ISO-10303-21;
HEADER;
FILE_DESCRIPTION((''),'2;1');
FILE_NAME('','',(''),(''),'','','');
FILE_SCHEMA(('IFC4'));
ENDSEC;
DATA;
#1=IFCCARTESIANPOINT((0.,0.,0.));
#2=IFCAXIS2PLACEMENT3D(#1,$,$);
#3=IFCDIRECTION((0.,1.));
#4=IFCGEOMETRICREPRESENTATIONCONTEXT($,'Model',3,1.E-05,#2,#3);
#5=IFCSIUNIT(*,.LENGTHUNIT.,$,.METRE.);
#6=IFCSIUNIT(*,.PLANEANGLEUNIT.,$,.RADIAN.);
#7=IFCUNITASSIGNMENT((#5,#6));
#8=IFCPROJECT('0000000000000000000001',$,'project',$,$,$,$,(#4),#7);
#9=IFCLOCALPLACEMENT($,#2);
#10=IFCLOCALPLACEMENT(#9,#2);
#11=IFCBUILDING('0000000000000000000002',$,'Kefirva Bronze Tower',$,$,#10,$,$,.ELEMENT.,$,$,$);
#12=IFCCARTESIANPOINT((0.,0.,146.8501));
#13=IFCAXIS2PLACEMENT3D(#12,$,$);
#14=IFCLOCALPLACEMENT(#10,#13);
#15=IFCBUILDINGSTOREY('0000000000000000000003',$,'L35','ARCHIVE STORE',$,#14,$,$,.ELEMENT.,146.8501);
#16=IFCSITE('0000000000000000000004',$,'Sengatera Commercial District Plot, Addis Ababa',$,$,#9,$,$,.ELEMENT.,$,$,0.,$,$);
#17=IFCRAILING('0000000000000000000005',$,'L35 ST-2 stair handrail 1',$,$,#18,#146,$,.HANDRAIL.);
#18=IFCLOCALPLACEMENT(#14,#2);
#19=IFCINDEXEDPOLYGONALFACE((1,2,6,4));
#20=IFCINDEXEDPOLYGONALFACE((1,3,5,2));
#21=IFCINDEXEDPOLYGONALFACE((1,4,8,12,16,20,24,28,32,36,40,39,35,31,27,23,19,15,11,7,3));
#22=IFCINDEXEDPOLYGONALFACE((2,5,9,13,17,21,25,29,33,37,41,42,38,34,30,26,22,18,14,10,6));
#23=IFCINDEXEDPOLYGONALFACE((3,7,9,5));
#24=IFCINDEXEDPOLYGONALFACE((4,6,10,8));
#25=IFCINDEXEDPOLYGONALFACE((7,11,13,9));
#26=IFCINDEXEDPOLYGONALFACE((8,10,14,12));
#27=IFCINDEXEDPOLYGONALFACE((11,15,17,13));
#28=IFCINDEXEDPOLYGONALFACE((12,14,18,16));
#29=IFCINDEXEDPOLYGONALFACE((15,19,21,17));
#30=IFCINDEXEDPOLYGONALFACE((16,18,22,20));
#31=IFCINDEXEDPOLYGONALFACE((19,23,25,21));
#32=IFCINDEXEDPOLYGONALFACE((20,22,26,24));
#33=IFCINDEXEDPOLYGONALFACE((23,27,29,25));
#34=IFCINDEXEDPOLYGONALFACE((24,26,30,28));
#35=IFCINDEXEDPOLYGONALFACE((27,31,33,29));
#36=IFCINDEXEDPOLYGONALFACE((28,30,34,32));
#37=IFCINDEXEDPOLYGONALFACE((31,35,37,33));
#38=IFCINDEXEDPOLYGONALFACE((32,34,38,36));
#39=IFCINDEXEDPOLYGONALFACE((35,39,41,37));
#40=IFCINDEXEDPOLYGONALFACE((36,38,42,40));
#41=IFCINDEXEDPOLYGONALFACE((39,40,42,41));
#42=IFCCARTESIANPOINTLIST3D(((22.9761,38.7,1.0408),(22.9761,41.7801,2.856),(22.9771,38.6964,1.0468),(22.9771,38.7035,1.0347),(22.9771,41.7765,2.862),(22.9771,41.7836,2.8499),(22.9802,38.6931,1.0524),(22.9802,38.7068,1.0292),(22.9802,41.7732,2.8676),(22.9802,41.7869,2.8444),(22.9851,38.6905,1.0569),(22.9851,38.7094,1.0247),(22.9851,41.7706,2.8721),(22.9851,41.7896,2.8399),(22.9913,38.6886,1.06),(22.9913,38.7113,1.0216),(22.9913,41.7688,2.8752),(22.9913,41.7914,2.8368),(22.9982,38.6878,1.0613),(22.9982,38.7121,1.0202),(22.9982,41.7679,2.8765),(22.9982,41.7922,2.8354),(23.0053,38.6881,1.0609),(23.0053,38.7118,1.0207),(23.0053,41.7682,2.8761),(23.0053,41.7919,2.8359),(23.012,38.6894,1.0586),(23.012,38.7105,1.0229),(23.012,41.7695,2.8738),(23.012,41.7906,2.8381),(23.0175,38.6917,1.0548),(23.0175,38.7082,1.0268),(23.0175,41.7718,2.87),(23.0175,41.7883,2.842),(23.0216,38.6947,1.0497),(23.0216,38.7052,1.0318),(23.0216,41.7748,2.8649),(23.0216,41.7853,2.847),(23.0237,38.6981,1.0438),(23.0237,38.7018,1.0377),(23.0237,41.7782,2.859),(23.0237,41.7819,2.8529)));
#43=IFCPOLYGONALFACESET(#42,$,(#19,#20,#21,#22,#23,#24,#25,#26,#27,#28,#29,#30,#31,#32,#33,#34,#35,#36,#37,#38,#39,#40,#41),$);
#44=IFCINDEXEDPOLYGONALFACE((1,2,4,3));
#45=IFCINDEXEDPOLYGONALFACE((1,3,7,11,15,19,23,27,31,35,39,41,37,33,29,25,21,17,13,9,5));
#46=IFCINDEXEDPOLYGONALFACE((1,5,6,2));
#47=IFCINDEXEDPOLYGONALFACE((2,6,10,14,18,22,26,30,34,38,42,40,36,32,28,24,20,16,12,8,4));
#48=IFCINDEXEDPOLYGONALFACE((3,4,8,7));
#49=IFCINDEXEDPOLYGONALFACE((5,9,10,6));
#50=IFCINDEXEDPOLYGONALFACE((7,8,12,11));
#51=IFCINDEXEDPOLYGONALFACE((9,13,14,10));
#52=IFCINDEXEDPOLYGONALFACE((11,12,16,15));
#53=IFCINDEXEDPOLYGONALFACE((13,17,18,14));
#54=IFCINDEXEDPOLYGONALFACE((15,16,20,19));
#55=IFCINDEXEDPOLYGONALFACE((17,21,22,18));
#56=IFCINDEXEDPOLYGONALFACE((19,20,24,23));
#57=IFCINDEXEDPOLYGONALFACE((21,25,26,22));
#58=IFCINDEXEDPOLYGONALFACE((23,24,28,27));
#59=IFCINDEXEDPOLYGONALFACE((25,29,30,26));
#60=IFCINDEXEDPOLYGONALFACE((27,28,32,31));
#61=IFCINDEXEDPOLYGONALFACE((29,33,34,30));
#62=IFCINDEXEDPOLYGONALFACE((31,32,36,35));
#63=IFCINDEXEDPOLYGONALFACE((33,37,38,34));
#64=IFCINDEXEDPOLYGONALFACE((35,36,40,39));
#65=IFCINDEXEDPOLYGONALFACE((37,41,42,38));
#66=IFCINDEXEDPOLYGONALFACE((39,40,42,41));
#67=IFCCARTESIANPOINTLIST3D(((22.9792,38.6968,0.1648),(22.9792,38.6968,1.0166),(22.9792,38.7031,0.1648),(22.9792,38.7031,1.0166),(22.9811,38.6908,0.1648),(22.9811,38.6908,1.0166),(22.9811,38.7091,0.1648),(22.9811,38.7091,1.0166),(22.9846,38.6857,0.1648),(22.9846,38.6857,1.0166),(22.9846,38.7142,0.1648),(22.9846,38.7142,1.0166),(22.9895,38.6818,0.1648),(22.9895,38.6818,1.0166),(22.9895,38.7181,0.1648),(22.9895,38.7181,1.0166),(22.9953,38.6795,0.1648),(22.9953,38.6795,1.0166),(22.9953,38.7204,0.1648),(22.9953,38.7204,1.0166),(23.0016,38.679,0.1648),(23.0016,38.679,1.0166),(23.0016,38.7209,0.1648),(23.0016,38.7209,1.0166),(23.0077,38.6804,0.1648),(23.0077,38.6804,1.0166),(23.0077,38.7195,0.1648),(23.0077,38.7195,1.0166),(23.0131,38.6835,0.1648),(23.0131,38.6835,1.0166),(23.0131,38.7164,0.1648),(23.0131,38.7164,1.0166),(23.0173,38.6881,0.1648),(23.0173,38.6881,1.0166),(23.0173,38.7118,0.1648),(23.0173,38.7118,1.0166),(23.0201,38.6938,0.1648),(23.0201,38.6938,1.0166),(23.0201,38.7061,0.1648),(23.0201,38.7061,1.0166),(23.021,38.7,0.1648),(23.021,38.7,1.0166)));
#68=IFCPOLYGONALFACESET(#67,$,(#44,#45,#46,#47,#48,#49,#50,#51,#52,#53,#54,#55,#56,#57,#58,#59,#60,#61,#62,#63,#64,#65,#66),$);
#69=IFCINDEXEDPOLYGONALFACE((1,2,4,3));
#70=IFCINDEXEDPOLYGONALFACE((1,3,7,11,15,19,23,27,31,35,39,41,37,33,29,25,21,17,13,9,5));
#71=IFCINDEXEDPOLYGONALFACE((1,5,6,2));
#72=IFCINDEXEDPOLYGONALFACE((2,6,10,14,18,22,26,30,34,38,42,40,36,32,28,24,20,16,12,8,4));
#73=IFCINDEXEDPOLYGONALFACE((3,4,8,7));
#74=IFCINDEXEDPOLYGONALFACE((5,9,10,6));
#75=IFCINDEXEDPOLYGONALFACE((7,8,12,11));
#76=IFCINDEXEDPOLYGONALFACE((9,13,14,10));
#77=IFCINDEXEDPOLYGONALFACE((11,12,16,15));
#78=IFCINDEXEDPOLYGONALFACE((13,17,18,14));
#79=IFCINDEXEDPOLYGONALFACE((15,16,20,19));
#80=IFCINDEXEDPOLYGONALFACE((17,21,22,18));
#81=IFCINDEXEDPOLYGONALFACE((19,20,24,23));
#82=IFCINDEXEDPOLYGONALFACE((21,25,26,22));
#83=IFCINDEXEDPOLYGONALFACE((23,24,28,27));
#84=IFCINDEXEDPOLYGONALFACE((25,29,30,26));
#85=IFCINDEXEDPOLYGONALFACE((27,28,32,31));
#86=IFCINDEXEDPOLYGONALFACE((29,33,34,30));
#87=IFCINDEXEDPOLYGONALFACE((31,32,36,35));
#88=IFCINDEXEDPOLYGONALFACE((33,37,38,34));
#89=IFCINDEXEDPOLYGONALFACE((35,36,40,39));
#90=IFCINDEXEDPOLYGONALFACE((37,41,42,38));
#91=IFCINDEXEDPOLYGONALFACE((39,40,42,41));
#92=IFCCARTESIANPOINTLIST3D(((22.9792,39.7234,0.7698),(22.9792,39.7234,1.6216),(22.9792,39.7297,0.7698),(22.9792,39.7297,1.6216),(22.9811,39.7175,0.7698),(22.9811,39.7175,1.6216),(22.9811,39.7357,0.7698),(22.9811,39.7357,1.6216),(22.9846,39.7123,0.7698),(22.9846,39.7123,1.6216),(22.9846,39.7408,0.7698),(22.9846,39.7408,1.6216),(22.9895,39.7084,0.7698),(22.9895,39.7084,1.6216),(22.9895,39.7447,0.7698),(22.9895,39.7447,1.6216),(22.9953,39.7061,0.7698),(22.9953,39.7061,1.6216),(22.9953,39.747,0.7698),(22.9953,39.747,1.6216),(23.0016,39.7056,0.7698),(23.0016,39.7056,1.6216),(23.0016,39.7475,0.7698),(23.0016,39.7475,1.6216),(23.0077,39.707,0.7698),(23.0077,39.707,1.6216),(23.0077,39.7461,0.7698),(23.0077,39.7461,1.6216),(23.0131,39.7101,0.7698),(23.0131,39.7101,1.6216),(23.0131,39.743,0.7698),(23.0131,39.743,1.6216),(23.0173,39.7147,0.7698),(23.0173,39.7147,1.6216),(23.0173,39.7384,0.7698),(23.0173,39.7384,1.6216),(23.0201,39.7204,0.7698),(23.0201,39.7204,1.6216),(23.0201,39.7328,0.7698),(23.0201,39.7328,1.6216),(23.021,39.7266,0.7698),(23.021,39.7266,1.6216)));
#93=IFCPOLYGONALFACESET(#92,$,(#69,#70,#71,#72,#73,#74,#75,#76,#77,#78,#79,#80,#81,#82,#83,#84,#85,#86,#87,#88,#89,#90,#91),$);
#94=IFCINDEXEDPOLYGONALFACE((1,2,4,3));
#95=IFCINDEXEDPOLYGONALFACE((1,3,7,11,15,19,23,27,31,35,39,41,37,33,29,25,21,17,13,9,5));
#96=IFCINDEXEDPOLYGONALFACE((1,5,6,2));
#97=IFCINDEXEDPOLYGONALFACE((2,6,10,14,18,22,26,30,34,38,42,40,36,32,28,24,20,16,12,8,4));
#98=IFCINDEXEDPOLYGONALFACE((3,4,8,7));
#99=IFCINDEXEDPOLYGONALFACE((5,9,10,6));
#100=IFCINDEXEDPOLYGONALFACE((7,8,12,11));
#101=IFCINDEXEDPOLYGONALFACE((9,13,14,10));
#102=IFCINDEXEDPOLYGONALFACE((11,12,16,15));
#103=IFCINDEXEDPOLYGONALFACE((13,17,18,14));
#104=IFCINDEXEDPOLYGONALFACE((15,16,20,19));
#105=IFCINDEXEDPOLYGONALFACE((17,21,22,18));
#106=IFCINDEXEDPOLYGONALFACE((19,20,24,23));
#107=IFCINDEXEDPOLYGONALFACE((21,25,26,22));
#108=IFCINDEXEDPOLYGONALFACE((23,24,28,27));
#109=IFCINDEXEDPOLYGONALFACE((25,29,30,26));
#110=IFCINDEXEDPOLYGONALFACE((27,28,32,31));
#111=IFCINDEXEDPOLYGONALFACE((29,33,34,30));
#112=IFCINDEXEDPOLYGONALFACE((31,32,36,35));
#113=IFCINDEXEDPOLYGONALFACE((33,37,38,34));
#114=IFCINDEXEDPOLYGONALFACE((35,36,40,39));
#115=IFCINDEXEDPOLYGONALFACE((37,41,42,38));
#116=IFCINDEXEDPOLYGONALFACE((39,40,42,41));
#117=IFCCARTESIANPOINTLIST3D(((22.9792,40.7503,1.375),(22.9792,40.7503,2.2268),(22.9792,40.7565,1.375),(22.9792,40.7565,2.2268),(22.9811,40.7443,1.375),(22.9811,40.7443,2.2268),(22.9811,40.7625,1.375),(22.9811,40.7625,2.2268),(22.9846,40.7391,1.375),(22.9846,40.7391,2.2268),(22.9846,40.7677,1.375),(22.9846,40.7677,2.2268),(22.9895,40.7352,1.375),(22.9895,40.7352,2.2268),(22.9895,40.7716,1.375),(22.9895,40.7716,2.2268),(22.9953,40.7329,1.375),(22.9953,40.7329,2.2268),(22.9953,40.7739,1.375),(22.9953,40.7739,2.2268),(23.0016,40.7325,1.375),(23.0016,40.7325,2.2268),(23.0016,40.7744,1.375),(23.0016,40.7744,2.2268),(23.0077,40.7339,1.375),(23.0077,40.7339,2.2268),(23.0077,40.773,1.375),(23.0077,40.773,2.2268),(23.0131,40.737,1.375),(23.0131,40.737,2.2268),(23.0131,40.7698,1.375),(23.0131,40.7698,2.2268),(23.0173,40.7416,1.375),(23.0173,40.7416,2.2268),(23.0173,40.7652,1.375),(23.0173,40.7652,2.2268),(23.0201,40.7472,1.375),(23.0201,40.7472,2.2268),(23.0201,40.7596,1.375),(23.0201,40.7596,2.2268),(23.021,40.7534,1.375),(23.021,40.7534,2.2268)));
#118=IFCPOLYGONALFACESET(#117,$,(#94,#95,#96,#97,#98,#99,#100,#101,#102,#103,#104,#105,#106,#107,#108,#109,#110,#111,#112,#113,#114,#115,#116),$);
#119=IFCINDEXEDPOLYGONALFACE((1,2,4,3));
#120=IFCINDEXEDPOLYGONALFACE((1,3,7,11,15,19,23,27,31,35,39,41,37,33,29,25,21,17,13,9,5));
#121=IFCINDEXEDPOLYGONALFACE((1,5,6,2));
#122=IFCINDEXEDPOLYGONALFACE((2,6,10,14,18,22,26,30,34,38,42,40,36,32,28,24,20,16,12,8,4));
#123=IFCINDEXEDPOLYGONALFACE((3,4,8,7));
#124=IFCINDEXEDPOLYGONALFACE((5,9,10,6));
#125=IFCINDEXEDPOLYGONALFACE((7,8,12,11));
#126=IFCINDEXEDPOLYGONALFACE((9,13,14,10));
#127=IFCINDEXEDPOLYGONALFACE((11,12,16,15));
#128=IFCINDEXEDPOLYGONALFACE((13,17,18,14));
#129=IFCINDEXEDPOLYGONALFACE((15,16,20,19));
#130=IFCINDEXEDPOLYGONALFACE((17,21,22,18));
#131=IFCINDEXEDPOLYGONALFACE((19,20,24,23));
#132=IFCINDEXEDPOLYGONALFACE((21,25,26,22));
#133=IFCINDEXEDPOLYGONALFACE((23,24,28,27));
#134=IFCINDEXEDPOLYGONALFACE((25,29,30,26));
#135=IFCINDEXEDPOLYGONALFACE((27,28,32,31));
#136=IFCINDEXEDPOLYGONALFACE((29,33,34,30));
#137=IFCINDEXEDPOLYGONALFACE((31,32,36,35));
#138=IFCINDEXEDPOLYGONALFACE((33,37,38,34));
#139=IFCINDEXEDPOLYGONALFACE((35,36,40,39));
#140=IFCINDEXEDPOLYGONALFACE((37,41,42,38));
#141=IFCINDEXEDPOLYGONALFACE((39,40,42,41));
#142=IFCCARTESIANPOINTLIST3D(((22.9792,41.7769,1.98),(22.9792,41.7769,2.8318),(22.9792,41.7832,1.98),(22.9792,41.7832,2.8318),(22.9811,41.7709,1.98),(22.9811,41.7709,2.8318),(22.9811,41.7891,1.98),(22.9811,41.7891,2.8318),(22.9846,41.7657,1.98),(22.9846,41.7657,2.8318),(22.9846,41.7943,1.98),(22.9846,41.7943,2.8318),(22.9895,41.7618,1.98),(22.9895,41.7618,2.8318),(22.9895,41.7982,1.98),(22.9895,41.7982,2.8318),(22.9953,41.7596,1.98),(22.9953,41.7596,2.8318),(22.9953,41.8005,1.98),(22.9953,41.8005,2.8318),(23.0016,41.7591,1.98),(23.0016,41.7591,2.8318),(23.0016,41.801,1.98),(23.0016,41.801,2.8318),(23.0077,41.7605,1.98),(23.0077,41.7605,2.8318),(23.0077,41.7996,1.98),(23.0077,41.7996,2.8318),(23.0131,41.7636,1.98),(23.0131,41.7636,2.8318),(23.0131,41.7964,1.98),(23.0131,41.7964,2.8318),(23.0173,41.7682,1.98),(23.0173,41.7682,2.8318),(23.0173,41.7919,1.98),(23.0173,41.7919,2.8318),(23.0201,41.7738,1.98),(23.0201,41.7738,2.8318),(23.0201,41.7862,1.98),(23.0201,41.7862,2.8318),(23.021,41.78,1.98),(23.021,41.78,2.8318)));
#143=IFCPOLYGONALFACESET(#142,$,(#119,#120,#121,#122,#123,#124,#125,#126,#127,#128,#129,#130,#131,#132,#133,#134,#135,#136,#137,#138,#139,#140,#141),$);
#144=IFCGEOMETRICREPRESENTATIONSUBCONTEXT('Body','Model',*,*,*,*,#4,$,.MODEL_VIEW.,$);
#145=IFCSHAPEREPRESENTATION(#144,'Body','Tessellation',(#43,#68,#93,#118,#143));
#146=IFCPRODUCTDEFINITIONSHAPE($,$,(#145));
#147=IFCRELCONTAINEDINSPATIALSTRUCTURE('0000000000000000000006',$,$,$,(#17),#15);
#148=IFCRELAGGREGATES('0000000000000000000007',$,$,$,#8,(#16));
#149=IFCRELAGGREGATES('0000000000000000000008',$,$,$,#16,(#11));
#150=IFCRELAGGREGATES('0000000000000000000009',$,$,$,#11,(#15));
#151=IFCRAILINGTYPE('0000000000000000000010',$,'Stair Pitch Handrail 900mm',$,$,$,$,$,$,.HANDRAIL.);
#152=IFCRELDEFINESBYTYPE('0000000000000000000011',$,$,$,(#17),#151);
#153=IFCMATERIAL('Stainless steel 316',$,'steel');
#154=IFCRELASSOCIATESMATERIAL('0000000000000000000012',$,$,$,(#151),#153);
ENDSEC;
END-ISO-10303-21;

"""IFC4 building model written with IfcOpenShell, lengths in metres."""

from ifc_helpers import new_model, si_unit, direction, frame, origin, origin_2d, place, context, subcontext, project, spatial, circle, extrude, material, type_object, element, save


model = new_model("IFC4")

# Units and contexts
model_context = context("Model", 3, precision=1e-05, world=origin(), true_north=direction((0.0, 1.0)))
body_context = subcontext(model_context, "Body", "Model", "MODEL_VIEW")
ifc_project = project(units=[si_unit("LENGTHUNIT", "METRE"), si_unit("PLANEANGLEUNIT", "RADIAN")], contexts=[model_context])

# Site, building, storey
site_placement = place(None, origin())
site = spatial("IfcSite", under=ifc_project, at=site_placement, Name="Sengatera Commercial District Plot, Addis Ababa", CompositionType="ELEMENT", RefElevation=0.0)
building_placement = place(site_placement, origin())
building = spatial("IfcBuilding", under=site, at=building_placement, Name="Kefirva Bronze Tower", CompositionType="ELEMENT")
storey_placement = place(building_placement, frame((0.0, 0.0, 146.8501)))
storey = spatial("IfcBuildingStorey", under=building, at=storey_placement, Name="L35", Description="ARCHIVE STORE", CompositionType="ELEMENT", Elevation=146.8501)

# Railing
ifc_material_1 = material(Name="Stainless steel 316", Category="steel")
railing_type_1 = type_object("IfcRailingType", Name="Stair Pitch Handrail 900mm", PredefinedType="HANDRAIL", material=ifc_material_1)
railing_1_placement = place(storey_placement, frame((23.0, 38.7, 0.1648)))
element("IfcRailing", 1, at=railing_1_placement, inside=storey, type_object=railing_type_1, Name="L35 ST-2 stair handrail 1", PredefinedType="HANDRAIL", context=body_context, shape_type="SweptSolid", body=[
    extrude(circle(Radius=0.0239, at=origin_2d()), frame((0.0, 0.0, 0.876), z_axis=(0.0, 0.861521, 0.507721), x_axis=(-1.0, 0.0, 0.0)), (0.0, 0.0, 1.0), 3.5752),
    extrude(circle(Radius=0.021, at=origin_2d()), origin(), (0.0, 0.0, 1.0), 0.8518),
    extrude(circle(Radius=0.021, at=origin_2d()), frame((0.0, 1.0266, 0.605)), (0.0, 0.0, 1.0), 0.8518),
    extrude(circle(Radius=0.021, at=origin_2d()), frame((0.0, 2.0535, 1.2102)), (0.0, 0.0, 1.0), 0.8518),
    extrude(circle(Radius=0.021, at=origin_2d()), frame((0.0, 3.0801, 1.8152)), (0.0, 0.0, 1.0), 0.8518),
])

save(model, "model.ifc")
